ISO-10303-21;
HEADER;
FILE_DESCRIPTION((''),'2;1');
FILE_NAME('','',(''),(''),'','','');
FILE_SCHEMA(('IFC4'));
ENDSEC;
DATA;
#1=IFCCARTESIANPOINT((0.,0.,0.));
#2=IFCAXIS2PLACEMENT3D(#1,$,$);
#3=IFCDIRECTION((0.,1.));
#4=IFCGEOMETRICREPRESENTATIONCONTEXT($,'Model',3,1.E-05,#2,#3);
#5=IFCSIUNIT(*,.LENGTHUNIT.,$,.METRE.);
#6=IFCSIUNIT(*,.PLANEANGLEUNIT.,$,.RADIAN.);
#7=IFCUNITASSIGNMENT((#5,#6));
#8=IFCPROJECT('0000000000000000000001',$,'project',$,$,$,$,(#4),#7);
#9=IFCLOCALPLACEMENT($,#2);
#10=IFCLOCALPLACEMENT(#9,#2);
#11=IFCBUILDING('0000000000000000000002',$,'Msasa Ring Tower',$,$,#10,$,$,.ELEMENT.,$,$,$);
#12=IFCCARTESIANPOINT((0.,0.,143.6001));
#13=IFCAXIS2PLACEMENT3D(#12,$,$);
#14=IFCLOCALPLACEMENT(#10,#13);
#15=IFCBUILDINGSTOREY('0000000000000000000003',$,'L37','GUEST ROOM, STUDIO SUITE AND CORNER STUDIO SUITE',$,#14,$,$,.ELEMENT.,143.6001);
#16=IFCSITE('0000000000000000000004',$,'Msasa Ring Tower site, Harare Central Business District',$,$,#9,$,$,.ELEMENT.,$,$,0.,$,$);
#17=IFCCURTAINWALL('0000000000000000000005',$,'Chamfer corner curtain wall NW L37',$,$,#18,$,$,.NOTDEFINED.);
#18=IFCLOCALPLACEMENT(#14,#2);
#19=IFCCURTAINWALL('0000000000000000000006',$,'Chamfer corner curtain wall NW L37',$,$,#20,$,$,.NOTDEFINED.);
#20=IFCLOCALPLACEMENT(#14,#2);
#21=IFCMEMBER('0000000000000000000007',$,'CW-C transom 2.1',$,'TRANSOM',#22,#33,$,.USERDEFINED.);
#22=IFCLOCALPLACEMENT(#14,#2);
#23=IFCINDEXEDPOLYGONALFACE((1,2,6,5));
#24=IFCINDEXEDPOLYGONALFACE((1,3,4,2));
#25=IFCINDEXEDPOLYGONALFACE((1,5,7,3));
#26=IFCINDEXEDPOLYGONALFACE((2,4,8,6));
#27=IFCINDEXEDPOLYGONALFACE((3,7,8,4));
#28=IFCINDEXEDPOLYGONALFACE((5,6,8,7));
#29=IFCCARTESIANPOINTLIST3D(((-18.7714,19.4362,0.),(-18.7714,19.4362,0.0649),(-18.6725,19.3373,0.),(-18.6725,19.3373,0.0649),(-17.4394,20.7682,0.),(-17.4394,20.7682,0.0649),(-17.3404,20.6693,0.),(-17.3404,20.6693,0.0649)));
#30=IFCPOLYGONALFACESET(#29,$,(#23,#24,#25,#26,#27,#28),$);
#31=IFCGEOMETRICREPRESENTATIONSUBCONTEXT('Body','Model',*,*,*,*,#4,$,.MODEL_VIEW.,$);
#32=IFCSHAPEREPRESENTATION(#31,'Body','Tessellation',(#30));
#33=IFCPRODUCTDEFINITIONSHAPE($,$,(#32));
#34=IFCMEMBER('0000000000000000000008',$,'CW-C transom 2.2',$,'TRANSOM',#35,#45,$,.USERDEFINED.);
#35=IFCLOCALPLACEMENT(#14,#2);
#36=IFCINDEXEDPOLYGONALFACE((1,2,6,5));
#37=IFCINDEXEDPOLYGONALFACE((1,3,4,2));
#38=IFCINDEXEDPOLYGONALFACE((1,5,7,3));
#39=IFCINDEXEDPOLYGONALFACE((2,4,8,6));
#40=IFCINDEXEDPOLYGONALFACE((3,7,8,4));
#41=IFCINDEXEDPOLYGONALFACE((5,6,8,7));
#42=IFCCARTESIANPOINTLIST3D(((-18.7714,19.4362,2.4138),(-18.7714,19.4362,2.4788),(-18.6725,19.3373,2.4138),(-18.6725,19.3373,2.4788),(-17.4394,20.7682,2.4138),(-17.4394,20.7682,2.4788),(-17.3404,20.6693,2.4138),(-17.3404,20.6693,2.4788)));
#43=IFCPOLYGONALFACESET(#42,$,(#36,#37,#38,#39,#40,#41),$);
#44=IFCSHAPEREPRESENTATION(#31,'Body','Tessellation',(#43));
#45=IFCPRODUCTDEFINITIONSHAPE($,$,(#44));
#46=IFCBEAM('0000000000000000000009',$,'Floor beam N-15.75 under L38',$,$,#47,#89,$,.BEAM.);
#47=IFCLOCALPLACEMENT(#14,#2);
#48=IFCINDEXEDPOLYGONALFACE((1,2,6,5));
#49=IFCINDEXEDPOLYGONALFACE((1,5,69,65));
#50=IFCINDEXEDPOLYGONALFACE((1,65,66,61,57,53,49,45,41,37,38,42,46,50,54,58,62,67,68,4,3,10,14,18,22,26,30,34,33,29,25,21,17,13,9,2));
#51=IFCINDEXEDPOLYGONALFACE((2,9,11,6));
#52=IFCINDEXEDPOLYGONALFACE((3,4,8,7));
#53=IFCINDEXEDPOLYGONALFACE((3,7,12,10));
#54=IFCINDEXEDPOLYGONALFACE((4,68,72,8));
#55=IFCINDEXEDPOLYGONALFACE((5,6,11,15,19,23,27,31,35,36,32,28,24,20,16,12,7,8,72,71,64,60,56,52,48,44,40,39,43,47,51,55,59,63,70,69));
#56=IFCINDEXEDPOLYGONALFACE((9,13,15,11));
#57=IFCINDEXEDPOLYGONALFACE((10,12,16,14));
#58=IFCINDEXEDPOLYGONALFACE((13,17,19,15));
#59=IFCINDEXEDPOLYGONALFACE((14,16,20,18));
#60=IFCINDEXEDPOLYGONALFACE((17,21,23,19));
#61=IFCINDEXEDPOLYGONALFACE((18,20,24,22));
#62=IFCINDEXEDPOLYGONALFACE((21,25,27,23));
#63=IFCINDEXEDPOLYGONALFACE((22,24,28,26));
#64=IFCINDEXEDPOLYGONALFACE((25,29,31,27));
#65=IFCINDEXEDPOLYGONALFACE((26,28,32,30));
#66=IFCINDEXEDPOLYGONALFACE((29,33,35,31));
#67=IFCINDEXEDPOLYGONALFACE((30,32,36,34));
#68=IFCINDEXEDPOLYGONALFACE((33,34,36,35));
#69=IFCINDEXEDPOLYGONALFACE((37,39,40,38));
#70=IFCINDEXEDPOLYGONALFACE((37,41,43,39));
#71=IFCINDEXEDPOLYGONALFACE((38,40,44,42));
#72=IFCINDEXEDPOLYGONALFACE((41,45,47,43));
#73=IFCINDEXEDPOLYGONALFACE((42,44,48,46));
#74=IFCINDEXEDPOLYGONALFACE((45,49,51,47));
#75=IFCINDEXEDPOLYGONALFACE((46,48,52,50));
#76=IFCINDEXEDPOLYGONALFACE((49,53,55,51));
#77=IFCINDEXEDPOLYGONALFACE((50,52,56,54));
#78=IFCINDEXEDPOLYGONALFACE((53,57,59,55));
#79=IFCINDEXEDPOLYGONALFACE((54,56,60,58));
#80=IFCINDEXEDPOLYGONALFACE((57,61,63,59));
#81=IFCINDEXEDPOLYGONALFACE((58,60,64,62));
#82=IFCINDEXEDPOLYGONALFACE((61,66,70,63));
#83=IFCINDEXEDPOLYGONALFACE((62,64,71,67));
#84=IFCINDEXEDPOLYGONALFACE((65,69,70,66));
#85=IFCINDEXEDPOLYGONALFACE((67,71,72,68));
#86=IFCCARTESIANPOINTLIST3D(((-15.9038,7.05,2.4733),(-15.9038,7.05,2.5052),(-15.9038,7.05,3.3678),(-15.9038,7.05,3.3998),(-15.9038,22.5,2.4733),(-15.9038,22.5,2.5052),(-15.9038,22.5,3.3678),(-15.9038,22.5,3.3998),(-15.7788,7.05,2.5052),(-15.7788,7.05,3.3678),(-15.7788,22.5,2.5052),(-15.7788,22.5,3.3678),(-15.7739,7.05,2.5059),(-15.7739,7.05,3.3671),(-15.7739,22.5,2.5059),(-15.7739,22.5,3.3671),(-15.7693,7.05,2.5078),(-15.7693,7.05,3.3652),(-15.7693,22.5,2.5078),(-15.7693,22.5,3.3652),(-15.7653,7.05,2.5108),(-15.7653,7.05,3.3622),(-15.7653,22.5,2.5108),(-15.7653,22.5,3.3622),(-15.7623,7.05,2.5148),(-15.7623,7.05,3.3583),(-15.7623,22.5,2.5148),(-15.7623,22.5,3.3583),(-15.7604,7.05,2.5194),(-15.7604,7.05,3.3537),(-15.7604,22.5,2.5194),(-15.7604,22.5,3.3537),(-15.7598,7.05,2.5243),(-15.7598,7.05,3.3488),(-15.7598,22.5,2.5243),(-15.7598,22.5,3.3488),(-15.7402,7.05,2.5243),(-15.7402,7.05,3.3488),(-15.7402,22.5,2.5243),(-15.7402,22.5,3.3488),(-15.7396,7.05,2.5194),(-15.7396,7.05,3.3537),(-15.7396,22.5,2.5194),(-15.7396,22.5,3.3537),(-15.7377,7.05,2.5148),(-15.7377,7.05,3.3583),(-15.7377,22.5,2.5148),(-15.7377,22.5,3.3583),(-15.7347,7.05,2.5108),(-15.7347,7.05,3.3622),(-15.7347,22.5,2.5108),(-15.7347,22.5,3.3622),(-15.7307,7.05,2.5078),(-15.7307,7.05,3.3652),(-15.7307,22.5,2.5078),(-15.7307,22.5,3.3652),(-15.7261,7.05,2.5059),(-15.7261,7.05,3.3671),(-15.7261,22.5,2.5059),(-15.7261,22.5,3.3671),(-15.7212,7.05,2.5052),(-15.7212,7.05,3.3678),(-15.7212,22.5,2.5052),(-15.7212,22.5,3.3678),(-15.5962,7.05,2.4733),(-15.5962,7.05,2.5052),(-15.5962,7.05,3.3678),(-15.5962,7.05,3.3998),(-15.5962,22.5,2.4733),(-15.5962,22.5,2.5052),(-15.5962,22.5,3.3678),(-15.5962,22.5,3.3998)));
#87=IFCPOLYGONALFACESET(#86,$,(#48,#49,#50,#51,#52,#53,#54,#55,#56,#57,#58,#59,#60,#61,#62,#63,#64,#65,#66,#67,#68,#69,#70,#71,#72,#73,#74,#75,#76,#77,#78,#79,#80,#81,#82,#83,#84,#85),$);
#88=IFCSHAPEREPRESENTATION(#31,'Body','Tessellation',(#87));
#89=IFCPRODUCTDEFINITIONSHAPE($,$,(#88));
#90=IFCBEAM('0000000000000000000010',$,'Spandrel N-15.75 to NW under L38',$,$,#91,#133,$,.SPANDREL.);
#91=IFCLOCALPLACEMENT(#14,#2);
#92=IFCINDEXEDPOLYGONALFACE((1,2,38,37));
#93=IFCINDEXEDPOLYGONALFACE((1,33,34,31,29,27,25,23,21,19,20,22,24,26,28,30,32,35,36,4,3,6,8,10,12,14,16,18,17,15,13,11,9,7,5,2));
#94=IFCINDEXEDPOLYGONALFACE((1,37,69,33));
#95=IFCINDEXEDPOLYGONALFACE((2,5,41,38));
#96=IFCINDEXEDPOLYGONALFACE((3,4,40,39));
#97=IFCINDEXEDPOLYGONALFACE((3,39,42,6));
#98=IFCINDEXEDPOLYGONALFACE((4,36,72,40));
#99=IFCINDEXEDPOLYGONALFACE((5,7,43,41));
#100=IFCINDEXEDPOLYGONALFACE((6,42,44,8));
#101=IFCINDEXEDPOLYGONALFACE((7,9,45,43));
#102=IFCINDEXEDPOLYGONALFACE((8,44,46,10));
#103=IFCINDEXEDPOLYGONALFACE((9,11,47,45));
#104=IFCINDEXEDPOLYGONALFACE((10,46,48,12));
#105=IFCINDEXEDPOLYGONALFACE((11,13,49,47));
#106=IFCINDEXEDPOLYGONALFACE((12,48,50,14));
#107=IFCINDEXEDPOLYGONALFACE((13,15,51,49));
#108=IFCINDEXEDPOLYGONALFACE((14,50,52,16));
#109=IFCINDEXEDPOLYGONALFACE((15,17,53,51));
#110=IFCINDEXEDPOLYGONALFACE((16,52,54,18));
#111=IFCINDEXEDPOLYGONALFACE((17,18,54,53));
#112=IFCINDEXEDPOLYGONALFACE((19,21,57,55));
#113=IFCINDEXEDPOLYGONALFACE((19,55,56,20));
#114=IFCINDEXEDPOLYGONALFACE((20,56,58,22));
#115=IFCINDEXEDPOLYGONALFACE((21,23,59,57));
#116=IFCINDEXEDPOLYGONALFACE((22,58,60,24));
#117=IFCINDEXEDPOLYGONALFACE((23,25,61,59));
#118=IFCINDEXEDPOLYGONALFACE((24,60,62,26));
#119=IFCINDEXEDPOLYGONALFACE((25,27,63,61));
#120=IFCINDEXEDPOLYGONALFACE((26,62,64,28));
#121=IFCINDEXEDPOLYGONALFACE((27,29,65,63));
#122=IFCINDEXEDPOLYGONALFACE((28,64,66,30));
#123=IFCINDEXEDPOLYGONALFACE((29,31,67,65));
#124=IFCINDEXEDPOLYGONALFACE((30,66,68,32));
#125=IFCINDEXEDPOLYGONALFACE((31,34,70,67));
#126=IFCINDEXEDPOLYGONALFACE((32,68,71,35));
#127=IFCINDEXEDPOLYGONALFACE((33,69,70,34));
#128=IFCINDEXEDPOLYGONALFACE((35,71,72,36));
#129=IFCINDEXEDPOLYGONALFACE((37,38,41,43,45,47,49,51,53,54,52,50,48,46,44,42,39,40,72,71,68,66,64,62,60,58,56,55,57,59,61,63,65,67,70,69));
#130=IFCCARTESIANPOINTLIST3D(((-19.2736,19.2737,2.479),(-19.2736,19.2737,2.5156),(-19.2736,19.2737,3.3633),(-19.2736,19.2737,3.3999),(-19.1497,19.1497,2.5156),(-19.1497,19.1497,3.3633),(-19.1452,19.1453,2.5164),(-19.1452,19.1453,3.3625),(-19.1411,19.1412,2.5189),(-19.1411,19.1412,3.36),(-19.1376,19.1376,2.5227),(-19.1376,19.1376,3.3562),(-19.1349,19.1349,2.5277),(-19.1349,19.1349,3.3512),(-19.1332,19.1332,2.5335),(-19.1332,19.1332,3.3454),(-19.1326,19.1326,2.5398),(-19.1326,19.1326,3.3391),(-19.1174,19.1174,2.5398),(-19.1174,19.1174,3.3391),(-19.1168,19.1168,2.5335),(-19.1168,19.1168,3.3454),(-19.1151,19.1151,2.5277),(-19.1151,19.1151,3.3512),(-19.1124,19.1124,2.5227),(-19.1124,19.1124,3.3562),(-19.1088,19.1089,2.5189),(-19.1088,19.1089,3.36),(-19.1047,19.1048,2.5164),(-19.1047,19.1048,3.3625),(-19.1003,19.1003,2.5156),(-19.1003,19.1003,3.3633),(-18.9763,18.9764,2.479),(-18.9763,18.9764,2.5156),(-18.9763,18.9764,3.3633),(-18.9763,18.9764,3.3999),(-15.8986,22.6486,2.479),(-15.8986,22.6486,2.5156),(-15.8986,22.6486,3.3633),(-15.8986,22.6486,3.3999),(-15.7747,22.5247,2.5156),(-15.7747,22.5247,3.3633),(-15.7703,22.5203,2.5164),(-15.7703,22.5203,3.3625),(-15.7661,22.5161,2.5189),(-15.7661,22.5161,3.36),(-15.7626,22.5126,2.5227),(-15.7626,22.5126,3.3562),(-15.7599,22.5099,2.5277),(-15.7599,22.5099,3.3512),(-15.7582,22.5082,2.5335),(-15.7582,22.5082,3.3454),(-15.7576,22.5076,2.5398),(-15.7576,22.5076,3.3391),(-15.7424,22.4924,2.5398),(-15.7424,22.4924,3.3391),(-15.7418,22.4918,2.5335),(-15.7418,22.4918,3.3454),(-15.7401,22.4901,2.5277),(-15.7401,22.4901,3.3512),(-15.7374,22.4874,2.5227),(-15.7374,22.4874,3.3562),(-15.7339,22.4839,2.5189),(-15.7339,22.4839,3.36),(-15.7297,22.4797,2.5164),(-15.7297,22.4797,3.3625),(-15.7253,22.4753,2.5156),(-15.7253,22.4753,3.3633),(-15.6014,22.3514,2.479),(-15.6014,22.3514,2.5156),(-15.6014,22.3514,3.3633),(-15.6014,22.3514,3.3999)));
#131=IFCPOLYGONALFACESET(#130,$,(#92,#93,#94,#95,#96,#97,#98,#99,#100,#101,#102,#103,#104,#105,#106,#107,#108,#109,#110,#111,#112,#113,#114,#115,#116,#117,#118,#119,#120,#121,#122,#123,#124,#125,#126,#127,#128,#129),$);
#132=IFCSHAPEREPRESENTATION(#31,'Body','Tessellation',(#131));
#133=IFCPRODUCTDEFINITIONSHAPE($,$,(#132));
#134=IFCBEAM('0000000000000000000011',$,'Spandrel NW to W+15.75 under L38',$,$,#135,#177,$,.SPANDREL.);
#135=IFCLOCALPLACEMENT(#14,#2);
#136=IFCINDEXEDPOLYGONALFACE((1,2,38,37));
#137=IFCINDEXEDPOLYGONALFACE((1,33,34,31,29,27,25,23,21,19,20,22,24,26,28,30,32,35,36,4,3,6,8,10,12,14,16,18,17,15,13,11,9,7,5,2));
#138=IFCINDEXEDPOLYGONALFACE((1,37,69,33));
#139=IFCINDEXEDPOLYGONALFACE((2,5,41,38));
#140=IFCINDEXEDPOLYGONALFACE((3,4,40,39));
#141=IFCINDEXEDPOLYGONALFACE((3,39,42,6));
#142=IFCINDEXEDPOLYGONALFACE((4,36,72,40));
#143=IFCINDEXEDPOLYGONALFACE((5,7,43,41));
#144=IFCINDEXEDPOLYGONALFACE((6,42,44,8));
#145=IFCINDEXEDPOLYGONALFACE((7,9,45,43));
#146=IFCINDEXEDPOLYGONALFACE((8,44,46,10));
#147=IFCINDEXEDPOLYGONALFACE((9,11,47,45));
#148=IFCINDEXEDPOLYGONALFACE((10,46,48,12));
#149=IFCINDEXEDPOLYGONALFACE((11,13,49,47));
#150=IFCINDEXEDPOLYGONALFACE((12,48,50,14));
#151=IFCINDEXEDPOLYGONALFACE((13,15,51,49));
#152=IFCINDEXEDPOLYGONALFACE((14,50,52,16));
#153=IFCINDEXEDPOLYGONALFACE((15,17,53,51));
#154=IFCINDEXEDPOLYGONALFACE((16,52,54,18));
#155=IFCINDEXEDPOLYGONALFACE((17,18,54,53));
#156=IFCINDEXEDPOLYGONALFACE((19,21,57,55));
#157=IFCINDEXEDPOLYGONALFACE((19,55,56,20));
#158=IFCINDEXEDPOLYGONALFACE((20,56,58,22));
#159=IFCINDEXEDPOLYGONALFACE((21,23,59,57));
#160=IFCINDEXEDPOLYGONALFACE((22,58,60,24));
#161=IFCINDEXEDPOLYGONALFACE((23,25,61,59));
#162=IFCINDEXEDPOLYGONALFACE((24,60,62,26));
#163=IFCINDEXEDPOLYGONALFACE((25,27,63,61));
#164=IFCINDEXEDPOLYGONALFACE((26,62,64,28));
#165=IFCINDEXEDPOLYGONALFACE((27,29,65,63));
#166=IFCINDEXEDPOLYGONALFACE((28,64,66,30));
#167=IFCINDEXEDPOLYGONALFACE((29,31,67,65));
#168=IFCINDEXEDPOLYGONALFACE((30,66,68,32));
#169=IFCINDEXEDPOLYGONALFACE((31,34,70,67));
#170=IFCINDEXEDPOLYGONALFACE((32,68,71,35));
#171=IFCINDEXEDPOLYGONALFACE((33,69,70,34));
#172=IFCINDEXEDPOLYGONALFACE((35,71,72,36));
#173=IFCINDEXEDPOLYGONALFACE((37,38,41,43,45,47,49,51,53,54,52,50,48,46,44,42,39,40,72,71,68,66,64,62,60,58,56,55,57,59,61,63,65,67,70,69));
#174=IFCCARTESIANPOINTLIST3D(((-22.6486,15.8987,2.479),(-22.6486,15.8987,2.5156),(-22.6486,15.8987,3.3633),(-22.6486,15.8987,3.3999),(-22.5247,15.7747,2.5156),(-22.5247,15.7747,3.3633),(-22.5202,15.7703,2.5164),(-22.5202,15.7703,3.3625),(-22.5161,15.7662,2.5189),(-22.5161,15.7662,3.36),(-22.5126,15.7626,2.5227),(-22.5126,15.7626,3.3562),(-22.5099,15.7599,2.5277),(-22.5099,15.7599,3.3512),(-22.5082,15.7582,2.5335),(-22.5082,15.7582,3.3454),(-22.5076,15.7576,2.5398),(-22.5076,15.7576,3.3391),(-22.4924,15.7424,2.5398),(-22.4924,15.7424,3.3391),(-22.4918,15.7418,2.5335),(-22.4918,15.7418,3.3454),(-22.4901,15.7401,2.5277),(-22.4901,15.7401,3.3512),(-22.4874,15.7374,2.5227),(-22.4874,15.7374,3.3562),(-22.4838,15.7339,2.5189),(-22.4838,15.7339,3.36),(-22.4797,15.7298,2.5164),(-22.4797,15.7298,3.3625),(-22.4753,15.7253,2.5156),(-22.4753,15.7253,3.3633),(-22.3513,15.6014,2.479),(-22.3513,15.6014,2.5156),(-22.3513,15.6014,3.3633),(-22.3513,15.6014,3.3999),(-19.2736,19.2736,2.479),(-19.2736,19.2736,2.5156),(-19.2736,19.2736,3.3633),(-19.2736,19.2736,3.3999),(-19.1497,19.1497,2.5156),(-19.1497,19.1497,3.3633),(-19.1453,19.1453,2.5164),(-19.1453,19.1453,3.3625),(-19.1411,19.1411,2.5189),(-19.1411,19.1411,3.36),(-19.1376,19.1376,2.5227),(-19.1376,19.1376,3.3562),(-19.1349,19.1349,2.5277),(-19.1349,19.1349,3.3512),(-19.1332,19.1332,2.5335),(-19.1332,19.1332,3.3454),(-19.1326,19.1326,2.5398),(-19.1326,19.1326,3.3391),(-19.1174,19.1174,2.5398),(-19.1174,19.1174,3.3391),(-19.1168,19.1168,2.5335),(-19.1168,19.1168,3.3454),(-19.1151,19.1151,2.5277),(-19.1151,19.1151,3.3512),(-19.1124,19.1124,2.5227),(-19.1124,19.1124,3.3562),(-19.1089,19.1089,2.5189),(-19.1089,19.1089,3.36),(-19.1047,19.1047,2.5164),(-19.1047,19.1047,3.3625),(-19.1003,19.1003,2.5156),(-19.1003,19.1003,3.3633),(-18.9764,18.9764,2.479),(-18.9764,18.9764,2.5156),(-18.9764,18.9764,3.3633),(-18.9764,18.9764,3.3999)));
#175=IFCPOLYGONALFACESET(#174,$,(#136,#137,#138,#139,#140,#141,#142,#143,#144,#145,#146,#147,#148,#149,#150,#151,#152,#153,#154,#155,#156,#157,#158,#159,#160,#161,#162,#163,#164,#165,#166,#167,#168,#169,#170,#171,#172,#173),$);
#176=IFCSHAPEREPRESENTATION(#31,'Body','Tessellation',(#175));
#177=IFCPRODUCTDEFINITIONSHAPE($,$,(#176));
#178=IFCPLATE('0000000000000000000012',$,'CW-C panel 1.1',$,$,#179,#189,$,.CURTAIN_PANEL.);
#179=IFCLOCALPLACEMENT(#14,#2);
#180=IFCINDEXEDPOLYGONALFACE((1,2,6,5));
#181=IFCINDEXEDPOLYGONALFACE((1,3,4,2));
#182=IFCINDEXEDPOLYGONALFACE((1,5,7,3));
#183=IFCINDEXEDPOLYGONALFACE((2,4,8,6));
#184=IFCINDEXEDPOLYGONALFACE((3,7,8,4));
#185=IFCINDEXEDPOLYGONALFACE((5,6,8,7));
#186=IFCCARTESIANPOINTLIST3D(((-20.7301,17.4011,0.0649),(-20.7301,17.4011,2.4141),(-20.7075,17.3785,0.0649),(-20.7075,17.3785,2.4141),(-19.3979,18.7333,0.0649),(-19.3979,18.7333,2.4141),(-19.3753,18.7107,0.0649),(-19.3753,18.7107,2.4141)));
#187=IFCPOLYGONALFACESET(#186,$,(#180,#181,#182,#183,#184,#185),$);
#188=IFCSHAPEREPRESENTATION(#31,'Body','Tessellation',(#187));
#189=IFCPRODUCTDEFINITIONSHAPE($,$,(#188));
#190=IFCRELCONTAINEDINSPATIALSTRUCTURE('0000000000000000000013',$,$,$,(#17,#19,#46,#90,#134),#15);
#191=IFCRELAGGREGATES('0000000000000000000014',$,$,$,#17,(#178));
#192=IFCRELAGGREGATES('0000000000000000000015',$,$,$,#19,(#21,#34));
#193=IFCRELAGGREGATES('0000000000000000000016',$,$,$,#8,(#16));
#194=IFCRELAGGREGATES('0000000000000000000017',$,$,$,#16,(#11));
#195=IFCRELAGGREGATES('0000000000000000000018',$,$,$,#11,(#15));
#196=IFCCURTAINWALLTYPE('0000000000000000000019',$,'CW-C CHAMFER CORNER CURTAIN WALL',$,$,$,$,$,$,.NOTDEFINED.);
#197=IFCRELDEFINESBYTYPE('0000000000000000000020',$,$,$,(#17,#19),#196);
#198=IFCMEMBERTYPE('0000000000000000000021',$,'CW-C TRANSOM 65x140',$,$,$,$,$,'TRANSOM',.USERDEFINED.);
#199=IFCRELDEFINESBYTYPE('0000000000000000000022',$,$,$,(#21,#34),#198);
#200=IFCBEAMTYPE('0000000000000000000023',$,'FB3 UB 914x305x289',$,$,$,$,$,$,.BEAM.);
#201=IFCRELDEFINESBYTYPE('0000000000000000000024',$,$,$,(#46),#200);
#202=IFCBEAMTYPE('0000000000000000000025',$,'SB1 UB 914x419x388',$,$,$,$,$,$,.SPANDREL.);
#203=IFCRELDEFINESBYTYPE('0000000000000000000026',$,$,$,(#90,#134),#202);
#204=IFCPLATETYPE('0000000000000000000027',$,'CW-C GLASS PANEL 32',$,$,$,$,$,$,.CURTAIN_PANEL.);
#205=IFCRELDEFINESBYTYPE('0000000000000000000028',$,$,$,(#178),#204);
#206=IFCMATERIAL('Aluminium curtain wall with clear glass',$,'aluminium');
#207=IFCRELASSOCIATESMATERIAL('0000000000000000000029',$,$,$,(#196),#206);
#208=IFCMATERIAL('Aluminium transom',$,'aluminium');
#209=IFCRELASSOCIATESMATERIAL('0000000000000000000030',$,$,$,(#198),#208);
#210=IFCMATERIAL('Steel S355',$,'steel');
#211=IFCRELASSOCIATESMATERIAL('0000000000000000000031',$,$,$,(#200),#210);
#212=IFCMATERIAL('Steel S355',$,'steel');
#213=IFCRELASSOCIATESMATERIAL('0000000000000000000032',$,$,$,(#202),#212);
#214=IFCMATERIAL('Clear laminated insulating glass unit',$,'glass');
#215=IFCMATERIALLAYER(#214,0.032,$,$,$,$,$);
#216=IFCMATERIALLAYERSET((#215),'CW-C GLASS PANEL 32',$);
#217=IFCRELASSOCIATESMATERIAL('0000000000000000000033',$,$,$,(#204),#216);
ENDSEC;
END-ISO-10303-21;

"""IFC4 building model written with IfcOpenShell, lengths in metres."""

from ifc_helpers import new_model, si_unit, direction, frame, origin, origin_2d, place, context, subcontext, project, spatial, rectangle, i_section, extrude, material, layer, layer_set, material_profile, profile_set, type_object, element, aggregate, save


model = new_model("IFC4")

# Units and contexts
model_context = context("Model", 3, precision=1e-05, world=origin(), true_north=direction((0.0, 1.0)))
body_context = subcontext(model_context, "Body", "Model", "MODEL_VIEW")
ifc_project = project(units=[si_unit("LENGTHUNIT", "METRE"), si_unit("PLANEANGLEUNIT", "RADIAN")], contexts=[model_context])

# Site, building, storey
site_placement = place(None, origin())
site = spatial("IfcSite", under=ifc_project, at=site_placement, Name="Msasa Ring Tower site, Harare Central Business District", CompositionType="ELEMENT", RefElevation=0.0)
building_placement = place(site_placement, origin())
building = spatial("IfcBuilding", under=site, at=building_placement, Name="Msasa Ring Tower", CompositionType="ELEMENT")
storey_placement = place(building_placement, frame((0.0, 0.0, 143.6001)))
storey = spatial("IfcBuildingStorey", under=building, at=storey_placement, Name="L37", Description="GUEST ROOM, STUDIO SUITE AND CORNER STUDIO SUITE", CompositionType="ELEMENT", Elevation=143.6001)

# Curtain walls
ifc_material_1 = material(Name="Aluminium curtain wall with clear glass", Category="aluminium")
curtain_wall_type = type_object("IfcCurtainWallType", Name="CW-C CHAMFER CORNER CURTAIN WALL", PredefinedType="NOTDEFINED", material=ifc_material_1)
curtain_wall_1_placement = place(storey_placement, origin())
curtain_wall_1 = element("IfcCurtainWall", 1, at=curtain_wall_1_placement, inside=storey, type_object=curtain_wall_type, Name="Chamfer corner curtain wall NW L37", PredefinedType="NOTDEFINED")
curtain_wall_2_placement = place(storey_placement, origin())
curtain_wall_2 = element("IfcCurtainWall", 2, at=curtain_wall_2_placement, inside=storey, type_object=curtain_wall_type, Name="Chamfer corner curtain wall NW L37", PredefinedType="NOTDEFINED")

# Members
ifc_material_2 = material(Name="Aluminium transom", Category="aluminium")
ifc_material_profile_1 = material_profile(ifc_material_2, rectangle(XDim=0.1399, YDim=0.0649, at=origin_2d()), Name="AL 65x140")
ifc_profile_set_1 = profile_set([ifc_material_profile_1], Name="Aluminium transom")
member_type_1 = type_object("IfcMemberType", Name="CW-C TRANSOM 65x140", ElementType="TRANSOM", PredefinedType="USERDEFINED", material=ifc_profile_set_1)
member_1_placement = place(storey_placement, frame((-17.3899, 20.7188, 0.0325), z_axis=(-0.707107, -0.707107, 0.0), x_axis=(0.707107, -0.707107, 0.0)))
member_1 = element("IfcMember", 3, at=member_1_placement, type_object=member_type_1, Name="CW-C transom 2.1", ObjectType="TRANSOM", PredefinedType="USERDEFINED", context=body_context, shape_type="SweptSolid", body=[
    extrude(rectangle(XDim=0.1399, YDim=0.0649, at=origin_2d()), origin(), (0.0, 0.0, 1.0), 1.8838),
])
member_2_placement = place(storey_placement, frame((-17.3899, 20.7188, 2.4463), z_axis=(-0.707107, -0.707107, 0.0), x_axis=(0.707107, -0.707107, 0.0)))
member_2 = element("IfcMember", 4, at=member_2_placement, type_object=member_type_1, Name="CW-C transom 2.2", ObjectType="TRANSOM", PredefinedType="USERDEFINED", context=body_context, shape_type="SweptSolid", body=[
    extrude(rectangle(XDim=0.1399, YDim=0.0649, at=origin_2d()), origin(), (0.0, 0.0, 1.0), 1.8838),
])

# Beams
ifc_material_3 = material(Name="Steel S355", Category="steel")
ifc_material_profile_2 = material_profile(ifc_material_3, i_section(OverallWidth=0.3076, OverallDepth=0.9265, WebThickness=0.0195, FlangeThickness=0.032, FilletRadius=0.019, at=origin_2d()), Name="UB 914x305x289")
ifc_profile_set_2 = profile_set([ifc_material_profile_2], Name="Steel S355")
beam_type_1 = type_object("IfcBeamType", Name="FB3 UB 914x305x289", PredefinedType="BEAM", material=ifc_profile_set_2)
beam_placement = place(storey_placement, frame((-15.75, 22.5, 2.9365), z_axis=(0.0, -1.0, 0.0), x_axis=(1.0, 0.0, 0.0)))
element("IfcBeam", 5, at=beam_placement, inside=storey, type_object=beam_type_1, Name="Floor beam N-15.75 under L38", PredefinedType="BEAM", context=body_context, shape_type="SweptSolid", body=[
    extrude(i_section(OverallWidth=0.3076, OverallDepth=0.9265, WebThickness=0.0195, FlangeThickness=0.032, FilletRadius=0.019, at=origin_2d()), origin(), (0.0, 0.0, 1.0), 15.45),
])
ifc_material_4 = material(Name="Steel S355", Category="steel")
ifc_material_profile_3 = material_profile(ifc_material_4, i_section(OverallWidth=0.4204, OverallDepth=0.9209, WebThickness=0.0215, FlangeThickness=0.0366, FilletRadius=0.0242, at=origin_2d()), Name="UB 914x419x388")
ifc_profile_set_3 = profile_set([ifc_material_profile_3], Name="Steel S355")
beam_type_2 = type_object("IfcBeamType", Name="SB1 UB 914x419x388", PredefinedType="SPANDREL", material=ifc_profile_set_3)
for number, where, z_axis, x_axis, name in (
    (6, (-15.75, 22.5, 2.9395), (-0.707107, -0.707107, 0.0), (0.707107, -0.707107, 0.0), "Spandrel N-15.75 to NW under L38"),
    (7, (-19.125, 19.125, 2.9395), (-0.707107, -0.707107, 0.0), (0.707107, -0.707107, 0.0), "Spandrel NW to W+15.75 under L38"),
):
    element("IfcBeam", number, at=place(storey_placement, frame(where, z_axis=z_axis, x_axis=x_axis)), inside=storey, type_object=beam_type_2, Name=name, PredefinedType="SPANDREL", context=body_context, shape_type="SweptSolid", body=[
        extrude(i_section(OverallWidth=0.4204, OverallDepth=0.9209, WebThickness=0.0215, FlangeThickness=0.0366, FilletRadius=0.0242, at=origin_2d()), origin(), (0.0, 0.0, 1.0), 4.7729),
    ])

# Plate
ifc_material_5 = material(Name="Clear laminated insulating glass unit", Category="glass")
ifc_layer_1 = layer(ifc_material_5, 0.032)
ifc_layer_set_1 = layer_set([ifc_layer_1], Name="CW-C GLASS PANEL 32")
plate_type = type_object("IfcPlateType", Name="CW-C GLASS PANEL 32", PredefinedType="CURTAIN_PANEL", material=ifc_layer_set_1)
plate_1_placement = place(storey_placement, frame((-20.0527, 18.0559, 0.0649), z_axis=(0.0, 0.0, 1.0), x_axis=(-0.707107, -0.707107, 0.0)))
plate_1 = element("IfcPlate", 8, at=plate_1_placement, type_object=plate_type, Name="CW-C panel 1.1", PredefinedType="CURTAIN_PANEL", context=body_context, shape_type="SweptSolid", body=[
    extrude(rectangle(XDim=1.884, YDim=0.032, at=origin_2d()), origin(), (0.0, 0.0, 1.0), 2.3491),
])
aggregate(curtain_wall_1, [plate_1])
aggregate(curtain_wall_2, [member_1, member_2])

save(model, "model.ifc")
